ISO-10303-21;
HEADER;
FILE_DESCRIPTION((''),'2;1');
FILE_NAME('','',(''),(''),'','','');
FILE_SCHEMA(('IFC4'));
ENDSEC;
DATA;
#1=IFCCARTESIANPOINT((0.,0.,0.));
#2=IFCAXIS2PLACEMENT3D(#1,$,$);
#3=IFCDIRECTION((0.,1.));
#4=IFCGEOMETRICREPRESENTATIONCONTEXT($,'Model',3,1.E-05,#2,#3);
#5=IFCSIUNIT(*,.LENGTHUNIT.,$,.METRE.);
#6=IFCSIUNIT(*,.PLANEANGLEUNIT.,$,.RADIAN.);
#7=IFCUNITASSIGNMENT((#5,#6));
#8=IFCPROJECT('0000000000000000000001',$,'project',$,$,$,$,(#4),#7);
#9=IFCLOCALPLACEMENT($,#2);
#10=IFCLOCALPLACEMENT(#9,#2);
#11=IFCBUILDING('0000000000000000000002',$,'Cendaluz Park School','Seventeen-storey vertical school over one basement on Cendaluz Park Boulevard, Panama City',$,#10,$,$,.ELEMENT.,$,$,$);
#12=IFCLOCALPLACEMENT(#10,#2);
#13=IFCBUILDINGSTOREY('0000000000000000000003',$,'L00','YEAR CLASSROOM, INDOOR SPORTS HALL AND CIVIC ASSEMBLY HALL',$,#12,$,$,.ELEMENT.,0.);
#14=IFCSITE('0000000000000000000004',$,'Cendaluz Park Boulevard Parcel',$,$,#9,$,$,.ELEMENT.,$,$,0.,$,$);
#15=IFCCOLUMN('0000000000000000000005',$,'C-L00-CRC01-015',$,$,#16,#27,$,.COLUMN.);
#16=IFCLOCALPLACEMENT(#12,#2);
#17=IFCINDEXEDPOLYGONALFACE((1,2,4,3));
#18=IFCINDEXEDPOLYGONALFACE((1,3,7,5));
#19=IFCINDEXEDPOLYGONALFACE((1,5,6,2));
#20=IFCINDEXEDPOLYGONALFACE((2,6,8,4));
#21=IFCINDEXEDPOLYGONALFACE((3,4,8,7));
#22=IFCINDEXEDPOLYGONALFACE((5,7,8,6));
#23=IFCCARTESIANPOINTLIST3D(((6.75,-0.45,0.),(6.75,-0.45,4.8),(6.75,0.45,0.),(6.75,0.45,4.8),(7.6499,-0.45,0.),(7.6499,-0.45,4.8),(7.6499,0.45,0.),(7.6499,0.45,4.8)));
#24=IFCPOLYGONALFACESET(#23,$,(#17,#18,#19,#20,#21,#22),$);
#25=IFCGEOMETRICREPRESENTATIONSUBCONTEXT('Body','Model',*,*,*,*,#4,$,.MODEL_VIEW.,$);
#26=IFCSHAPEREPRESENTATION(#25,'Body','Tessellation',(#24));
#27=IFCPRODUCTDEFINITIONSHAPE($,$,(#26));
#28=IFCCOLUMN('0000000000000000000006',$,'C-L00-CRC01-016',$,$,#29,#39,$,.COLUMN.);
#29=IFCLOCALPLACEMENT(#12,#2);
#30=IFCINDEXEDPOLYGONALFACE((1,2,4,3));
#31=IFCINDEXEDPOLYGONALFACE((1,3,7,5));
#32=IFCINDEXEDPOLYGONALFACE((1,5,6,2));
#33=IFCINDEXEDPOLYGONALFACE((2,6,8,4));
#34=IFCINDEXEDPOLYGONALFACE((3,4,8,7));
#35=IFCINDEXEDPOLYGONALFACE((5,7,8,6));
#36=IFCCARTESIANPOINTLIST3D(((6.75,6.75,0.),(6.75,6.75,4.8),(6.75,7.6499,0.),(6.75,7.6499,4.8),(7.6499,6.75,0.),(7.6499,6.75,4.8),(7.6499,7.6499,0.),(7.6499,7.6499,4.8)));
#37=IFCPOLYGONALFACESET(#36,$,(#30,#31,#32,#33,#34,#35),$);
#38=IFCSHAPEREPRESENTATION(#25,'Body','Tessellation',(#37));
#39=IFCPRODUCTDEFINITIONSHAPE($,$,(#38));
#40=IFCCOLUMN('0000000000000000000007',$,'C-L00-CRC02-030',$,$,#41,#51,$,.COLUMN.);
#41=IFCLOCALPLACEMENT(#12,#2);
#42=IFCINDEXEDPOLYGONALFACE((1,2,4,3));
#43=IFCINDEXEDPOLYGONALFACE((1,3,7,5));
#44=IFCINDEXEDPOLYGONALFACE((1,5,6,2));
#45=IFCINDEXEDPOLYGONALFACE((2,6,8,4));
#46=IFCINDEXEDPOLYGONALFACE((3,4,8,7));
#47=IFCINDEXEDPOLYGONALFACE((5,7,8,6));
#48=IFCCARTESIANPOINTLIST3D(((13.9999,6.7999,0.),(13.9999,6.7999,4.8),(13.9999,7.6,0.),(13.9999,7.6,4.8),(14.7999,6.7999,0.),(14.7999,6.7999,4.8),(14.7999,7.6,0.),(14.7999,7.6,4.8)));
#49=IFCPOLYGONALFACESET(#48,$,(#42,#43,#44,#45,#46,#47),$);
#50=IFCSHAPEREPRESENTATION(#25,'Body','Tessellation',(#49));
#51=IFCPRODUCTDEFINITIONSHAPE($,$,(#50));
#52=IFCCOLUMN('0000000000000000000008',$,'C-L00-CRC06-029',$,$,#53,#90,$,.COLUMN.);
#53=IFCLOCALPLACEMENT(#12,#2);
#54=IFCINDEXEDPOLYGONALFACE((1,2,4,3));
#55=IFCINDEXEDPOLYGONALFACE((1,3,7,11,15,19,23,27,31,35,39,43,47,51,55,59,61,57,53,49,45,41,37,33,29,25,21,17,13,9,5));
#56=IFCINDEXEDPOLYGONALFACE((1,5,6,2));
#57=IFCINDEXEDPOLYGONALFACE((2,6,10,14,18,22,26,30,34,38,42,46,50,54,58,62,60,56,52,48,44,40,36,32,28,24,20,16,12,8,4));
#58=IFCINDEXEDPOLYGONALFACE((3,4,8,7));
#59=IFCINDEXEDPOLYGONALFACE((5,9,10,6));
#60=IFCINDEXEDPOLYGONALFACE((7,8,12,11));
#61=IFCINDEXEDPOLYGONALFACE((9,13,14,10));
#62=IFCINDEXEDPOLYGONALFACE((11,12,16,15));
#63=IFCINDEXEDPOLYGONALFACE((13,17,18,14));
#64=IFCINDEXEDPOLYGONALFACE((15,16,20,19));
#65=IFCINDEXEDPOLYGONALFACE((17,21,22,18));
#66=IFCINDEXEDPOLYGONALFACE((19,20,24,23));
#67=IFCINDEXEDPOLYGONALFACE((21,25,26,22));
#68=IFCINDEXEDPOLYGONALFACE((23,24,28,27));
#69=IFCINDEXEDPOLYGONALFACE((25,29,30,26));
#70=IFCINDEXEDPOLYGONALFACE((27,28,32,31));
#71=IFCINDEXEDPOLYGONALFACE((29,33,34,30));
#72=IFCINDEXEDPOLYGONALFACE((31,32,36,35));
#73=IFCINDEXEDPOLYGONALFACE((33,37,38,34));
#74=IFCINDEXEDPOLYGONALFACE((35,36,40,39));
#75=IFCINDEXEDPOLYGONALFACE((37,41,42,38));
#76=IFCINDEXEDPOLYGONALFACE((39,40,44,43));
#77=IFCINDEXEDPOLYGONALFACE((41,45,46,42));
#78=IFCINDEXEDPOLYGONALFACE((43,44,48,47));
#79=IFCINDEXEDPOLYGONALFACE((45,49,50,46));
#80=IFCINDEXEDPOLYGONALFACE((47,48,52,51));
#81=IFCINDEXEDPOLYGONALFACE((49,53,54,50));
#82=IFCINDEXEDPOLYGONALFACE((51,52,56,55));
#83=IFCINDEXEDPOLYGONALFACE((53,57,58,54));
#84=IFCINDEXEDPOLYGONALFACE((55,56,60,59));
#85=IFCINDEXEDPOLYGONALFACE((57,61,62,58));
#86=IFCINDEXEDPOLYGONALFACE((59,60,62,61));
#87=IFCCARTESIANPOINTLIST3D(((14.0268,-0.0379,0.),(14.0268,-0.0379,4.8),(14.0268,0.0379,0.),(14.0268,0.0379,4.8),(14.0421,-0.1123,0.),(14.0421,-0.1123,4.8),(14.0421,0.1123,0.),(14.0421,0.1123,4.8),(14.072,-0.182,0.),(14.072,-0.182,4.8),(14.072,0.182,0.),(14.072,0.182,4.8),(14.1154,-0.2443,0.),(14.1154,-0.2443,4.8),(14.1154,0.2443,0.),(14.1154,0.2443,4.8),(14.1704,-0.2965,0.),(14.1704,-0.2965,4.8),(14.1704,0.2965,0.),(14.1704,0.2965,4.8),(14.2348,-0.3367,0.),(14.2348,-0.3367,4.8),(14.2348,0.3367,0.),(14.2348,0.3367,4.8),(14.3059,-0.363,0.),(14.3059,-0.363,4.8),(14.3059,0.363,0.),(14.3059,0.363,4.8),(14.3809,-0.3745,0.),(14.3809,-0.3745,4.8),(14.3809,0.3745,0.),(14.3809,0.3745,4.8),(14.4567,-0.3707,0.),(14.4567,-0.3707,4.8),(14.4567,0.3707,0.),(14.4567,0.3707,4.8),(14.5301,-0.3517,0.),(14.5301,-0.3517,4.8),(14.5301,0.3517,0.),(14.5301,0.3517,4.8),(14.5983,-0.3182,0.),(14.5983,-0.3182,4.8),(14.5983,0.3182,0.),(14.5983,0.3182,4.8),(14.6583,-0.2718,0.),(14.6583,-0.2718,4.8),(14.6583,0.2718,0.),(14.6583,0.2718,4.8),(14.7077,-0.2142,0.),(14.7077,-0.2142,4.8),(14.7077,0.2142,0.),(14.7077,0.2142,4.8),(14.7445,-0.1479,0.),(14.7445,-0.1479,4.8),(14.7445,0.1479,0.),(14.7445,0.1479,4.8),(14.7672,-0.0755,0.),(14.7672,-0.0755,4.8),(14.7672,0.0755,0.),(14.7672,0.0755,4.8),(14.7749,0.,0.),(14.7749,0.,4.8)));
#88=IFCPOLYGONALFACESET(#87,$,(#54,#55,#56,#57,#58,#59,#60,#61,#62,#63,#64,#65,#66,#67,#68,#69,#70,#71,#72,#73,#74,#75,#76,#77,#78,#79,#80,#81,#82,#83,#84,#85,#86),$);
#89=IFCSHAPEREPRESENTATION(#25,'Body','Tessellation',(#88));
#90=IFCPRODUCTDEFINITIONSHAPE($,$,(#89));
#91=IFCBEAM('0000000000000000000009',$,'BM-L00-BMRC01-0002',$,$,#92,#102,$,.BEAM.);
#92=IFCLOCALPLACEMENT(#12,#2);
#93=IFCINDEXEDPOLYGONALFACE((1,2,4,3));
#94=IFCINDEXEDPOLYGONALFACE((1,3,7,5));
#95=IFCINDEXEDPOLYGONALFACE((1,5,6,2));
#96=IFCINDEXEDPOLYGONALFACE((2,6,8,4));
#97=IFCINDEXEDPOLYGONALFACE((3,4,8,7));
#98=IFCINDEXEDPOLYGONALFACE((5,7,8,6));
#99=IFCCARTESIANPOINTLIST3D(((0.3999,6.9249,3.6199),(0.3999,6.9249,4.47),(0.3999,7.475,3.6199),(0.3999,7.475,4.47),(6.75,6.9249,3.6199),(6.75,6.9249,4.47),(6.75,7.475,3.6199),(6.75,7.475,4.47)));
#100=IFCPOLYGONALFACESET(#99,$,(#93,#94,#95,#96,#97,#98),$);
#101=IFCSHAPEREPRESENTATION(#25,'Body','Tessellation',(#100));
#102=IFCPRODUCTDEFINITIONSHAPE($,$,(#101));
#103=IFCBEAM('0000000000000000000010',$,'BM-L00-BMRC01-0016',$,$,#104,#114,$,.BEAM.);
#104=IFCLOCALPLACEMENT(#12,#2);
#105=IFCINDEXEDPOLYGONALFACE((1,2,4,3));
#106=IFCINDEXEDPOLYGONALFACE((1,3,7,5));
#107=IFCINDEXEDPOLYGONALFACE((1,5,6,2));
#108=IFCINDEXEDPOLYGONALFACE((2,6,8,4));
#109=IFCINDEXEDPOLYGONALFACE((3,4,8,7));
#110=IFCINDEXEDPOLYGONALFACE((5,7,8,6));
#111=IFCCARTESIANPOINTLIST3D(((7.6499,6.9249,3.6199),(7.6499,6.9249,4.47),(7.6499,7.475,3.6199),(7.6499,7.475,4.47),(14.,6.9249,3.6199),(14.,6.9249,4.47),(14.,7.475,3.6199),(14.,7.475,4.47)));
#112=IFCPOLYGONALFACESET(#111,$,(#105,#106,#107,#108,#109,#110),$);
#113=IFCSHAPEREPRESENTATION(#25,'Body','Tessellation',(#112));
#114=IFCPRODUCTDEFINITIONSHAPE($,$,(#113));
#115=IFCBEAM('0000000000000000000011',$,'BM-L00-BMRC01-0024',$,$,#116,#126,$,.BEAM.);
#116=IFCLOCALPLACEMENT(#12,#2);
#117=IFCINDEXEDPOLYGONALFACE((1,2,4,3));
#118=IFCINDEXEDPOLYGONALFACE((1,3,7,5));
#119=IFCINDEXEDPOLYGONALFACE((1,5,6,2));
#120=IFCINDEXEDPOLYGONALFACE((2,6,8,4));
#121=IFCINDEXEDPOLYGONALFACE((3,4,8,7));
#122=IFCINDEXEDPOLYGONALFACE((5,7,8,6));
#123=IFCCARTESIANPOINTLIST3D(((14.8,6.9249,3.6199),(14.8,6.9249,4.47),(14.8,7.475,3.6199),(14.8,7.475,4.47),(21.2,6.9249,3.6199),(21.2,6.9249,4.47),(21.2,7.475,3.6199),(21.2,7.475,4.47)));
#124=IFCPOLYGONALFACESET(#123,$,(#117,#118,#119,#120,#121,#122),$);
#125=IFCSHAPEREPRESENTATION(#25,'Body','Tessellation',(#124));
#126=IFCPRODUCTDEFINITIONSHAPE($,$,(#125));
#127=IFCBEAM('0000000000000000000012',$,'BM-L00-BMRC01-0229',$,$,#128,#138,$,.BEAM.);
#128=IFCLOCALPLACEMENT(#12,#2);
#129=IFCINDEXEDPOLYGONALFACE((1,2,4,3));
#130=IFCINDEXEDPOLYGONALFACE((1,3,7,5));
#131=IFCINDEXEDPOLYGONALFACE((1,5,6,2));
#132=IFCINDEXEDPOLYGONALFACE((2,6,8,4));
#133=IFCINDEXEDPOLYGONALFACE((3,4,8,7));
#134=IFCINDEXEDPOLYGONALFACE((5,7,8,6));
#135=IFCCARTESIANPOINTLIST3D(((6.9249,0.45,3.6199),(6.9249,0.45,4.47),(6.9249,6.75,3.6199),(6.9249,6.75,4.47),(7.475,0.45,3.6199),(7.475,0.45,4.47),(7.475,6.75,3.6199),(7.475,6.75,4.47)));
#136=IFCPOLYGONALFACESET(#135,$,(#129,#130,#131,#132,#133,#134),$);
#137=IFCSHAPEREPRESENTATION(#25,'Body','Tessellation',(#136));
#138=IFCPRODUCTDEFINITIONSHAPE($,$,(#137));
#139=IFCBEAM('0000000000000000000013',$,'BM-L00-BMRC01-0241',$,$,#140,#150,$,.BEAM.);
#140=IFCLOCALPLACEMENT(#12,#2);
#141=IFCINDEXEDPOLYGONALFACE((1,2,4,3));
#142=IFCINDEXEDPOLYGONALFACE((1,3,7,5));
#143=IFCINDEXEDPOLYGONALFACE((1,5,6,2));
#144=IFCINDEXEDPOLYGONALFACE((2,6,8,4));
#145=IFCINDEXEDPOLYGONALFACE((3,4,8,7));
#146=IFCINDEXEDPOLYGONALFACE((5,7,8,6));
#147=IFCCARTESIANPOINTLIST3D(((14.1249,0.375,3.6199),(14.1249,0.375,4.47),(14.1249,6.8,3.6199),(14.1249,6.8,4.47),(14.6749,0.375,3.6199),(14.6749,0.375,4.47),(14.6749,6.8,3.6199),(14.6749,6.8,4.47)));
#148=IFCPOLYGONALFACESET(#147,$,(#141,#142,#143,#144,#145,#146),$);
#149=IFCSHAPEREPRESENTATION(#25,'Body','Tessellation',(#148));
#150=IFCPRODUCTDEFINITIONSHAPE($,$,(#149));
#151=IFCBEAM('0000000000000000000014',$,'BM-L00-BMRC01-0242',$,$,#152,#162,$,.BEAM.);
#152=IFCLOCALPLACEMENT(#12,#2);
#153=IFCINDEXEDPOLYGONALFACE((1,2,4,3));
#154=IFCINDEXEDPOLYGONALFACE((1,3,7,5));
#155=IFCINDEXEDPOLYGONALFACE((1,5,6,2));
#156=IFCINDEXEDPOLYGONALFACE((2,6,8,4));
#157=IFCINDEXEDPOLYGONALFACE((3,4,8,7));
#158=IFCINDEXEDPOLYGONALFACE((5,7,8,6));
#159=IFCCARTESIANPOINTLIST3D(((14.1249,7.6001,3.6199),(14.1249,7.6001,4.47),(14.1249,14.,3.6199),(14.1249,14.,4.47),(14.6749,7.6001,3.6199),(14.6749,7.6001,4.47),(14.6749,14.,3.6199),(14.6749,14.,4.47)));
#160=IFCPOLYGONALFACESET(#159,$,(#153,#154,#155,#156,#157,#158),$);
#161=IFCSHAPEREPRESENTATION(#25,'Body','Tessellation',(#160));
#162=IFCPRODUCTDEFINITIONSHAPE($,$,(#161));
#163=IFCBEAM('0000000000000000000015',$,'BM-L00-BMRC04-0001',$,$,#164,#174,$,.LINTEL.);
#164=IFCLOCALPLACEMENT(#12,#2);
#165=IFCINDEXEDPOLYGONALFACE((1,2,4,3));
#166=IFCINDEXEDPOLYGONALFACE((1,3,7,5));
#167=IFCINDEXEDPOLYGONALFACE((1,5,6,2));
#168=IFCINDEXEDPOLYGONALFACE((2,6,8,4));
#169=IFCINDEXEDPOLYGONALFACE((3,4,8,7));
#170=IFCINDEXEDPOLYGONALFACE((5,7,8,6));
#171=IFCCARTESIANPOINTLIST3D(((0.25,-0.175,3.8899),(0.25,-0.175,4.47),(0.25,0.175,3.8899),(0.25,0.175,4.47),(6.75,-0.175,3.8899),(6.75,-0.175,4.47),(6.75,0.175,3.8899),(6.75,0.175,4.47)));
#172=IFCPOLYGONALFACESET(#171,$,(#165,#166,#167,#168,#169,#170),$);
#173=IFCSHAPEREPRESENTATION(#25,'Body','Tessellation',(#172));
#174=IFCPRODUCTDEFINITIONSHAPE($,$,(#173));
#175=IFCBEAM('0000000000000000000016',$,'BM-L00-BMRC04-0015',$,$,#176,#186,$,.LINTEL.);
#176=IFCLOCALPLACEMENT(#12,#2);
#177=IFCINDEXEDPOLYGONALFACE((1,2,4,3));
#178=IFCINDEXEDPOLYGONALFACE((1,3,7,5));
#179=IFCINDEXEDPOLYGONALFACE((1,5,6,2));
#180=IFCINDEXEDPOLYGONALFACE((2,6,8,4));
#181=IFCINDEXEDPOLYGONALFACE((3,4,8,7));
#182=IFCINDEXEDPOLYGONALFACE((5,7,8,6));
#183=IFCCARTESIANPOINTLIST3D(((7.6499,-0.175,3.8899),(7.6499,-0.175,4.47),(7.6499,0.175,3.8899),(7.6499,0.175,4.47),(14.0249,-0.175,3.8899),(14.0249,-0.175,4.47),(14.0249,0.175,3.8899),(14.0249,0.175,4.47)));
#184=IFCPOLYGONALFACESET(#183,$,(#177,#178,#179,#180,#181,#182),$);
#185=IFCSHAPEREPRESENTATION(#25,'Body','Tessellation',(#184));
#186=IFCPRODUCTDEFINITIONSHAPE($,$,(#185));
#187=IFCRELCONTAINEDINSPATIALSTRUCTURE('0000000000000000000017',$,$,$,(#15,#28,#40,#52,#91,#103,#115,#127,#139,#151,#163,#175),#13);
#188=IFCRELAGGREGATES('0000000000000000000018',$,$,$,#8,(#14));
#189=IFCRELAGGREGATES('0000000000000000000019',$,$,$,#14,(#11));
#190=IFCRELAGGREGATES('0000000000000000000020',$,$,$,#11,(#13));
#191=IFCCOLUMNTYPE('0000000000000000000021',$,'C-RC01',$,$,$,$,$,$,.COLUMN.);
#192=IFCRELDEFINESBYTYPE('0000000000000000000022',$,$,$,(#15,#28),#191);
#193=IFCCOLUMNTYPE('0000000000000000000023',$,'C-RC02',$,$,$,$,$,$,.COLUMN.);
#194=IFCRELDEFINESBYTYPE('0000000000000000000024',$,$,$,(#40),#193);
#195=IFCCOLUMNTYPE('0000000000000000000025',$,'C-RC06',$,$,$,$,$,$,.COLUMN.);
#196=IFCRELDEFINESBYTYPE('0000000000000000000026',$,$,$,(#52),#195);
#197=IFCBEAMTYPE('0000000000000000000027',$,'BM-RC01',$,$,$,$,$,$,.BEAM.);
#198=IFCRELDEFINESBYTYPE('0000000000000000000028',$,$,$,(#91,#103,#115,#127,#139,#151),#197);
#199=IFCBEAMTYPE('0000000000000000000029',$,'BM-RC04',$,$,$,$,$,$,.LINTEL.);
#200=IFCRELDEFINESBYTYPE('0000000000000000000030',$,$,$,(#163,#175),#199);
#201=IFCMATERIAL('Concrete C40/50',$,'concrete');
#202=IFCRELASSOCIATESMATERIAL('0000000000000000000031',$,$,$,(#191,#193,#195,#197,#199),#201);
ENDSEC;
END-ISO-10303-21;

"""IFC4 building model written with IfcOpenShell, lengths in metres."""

from ifc_helpers import new_model, si_unit, direction, frame, origin, origin_2d, place, context, subcontext, project, spatial, rectangle, circle, extrude, material, material_profile, profile_set, type_object, element, save


model = new_model("IFC4")

# Units and contexts
model_context = context("Model", 3, precision=1e-05, world=origin(), true_north=direction((0.0, 1.0)))
body_context = subcontext(model_context, "Body", "Model", "MODEL_VIEW")
ifc_project = project(units=[si_unit("LENGTHUNIT", "METRE"), si_unit("PLANEANGLEUNIT", "RADIAN")], contexts=[model_context])

# Site, building, storey
site_placement = place(None, origin())
site = spatial("IfcSite", under=ifc_project, at=site_placement, Name="Cendaluz Park Boulevard Parcel", CompositionType="ELEMENT", RefElevation=0.0)
building_placement = place(site_placement, origin())
building = spatial("IfcBuilding", under=site, at=building_placement, Name="Cendaluz Park School", Description="Seventeen-storey vertical school over one basement on Cendaluz Park Boulevard, Panama City", CompositionType="ELEMENT")
storey_placement = place(building_placement, origin())
storey = spatial("IfcBuildingStorey", under=building, at=storey_placement, Name="L00", Description="YEAR CLASSROOM, INDOOR SPORTS HALL AND CIVIC ASSEMBLY HALL", CompositionType="ELEMENT", Elevation=0.0)

# Columns
ifc_material_1 = material(Name="Concrete C40/50", Category="concrete")
ifc_material_profile_1 = material_profile(ifc_material_1, rectangle(XDim=0.8999, YDim=0.8999, at=origin_2d()), Name="RC 900x900", Category="concrete")
ifc_profile_set_1 = profile_set([ifc_material_profile_1], Name="Concrete C40/50")
column_type_1 = type_object("IfcColumnType", Name="C-RC01", PredefinedType="COLUMN", material=ifc_profile_set_1)
for number, where, z_axis, x_axis, name in (
    (1, (7.2, 0.0, 0.0), (0.0, 0.0, 1.0), (1.0, 0.0, 0.0), "C-L00-CRC01-015"),
    (2, (7.2, 7.2, 0.0), (0.0, 0.0, 1.0), (1.0, 0.0, 0.0), "C-L00-CRC01-016"),
):
    element("IfcColumn", number, at=place(storey_placement, frame(where, z_axis=z_axis, x_axis=x_axis)), inside=storey, type_object=column_type_1, Name=name, PredefinedType="COLUMN", context=body_context, shape_type="SweptSolid", body=[
        extrude(rectangle(XDim=0.8999, YDim=0.8999, at=origin_2d()), origin(), (0.0, 0.0, 1.0), 4.8),
    ])
ifc_material_profile_2 = material_profile(ifc_material_1, rectangle(XDim=0.8, YDim=0.8, at=origin_2d()), Name="RC 800x800", Category="concrete")
ifc_profile_set_2 = profile_set([ifc_material_profile_2], Name="Concrete C40/50")
column_type_2 = type_object("IfcColumnType", Name="C-RC02", PredefinedType="COLUMN", material=ifc_profile_set_2)
column_1_placement = place(storey_placement, frame((14.3999, 7.2, 0.0), z_axis=(0.0, 0.0, 1.0), x_axis=(1.0, 0.0, 0.0)))
element("IfcColumn", 3, at=column_1_placement, inside=storey, type_object=column_type_2, Name="C-L00-CRC02-030", PredefinedType="COLUMN", context=body_context, shape_type="SweptSolid", body=[
    extrude(rectangle(XDim=0.8, YDim=0.8, at=origin_2d()), origin(), (0.0, 0.0, 1.0), 4.8),
])
ifc_material_profile_3 = material_profile(ifc_material_1, circle(Radius=0.375, at=origin_2d()), Name="RC D750", Category="concrete")
ifc_profile_set_3 = profile_set([ifc_material_profile_3], Name="Concrete C40/50")
column_type_3 = type_object("IfcColumnType", Name="C-RC06", PredefinedType="COLUMN", material=ifc_profile_set_3)
column_2_placement = place(storey_placement, frame((14.3999, 0.0, 0.0), z_axis=(0.0, 0.0, 1.0), x_axis=(1.0, 0.0, 0.0)))
element("IfcColumn", 4, at=column_2_placement, inside=storey, type_object=column_type_3, Name="C-L00-CRC06-029", PredefinedType="COLUMN", context=body_context, shape_type="SweptSolid", body=[
    extrude(circle(Radius=0.375, at=origin_2d()), origin(), (0.0, 0.0, 1.0), 4.8),
])

# Beams
ifc_material_profile_4 = material_profile(ifc_material_1, rectangle(XDim=0.55, YDim=0.8501, at=origin_2d()), Name="RC 550x850", Category="concrete")
ifc_profile_set_4 = profile_set([ifc_material_profile_4], Name="Concrete C40/50")
beam_type_1 = type_object("IfcBeamType", Name="BM-RC01", PredefinedType="BEAM", material=ifc_profile_set_4)
for number, where, z_axis, x_axis, name in (
    (5, (0.3999, 7.2, 4.0449), (1.0, 0.0, 0.0), (0.0, 1.0, 0.0), "BM-L00-BMRC01-0002"),
    (6, (7.6499, 7.2, 4.0449), (1.0, 0.0, 0.0), (0.0, 1.0, 0.0), "BM-L00-BMRC01-0016"),
):
    element("IfcBeam", number, at=place(storey_placement, frame(where, z_axis=z_axis, x_axis=x_axis)), inside=storey, type_object=beam_type_1, Name=name, PredefinedType="BEAM", context=body_context, shape_type="SweptSolid", body=[
        extrude(rectangle(XDim=0.55, YDim=0.8501, at=origin_2d()), origin(), (0.0, 0.0, 1.0), 6.3501),
    ])
beam_1_placement = place(storey_placement, frame((14.8, 7.2, 4.0449), z_axis=(1.0, 0.0, 0.0), x_axis=(0.0, 1.0, 0.0)))
element("IfcBeam", 7, at=beam_1_placement, inside=storey, type_object=beam_type_1, Name="BM-L00-BMRC01-0024", PredefinedType="BEAM", context=body_context, shape_type="SweptSolid", body=[
    extrude(rectangle(XDim=0.55, YDim=0.8501, at=origin_2d()), origin(), (0.0, 0.0, 1.0), 6.3999),
])
beam_2_placement = place(storey_placement, frame((7.2, 0.45, 4.0449), z_axis=(0.0, 1.0, 0.0), x_axis=(-1.0, 0.0, 0.0)))
element("IfcBeam", 8, at=beam_2_placement, inside=storey, type_object=beam_type_1, Name="BM-L00-BMRC01-0229", PredefinedType="BEAM", context=body_context, shape_type="SweptSolid", body=[
    extrude(rectangle(XDim=0.55, YDim=0.8501, at=origin_2d()), origin(), (0.0, 0.0, 1.0), 6.3),
])
beam_3_placement = place(storey_placement, frame((14.3999, 0.375, 4.0449), z_axis=(0.0, 1.0, 0.0), x_axis=(-1.0, 0.0, 0.0)))
element("IfcBeam", 9, at=beam_3_placement, inside=storey, type_object=beam_type_1, Name="BM-L00-BMRC01-0241", PredefinedType="BEAM", context=body_context, shape_type="SweptSolid", body=[
    extrude(rectangle(XDim=0.55, YDim=0.8501, at=origin_2d()), origin(), (0.0, 0.0, 1.0), 6.425),
])
beam_4_placement = place(storey_placement, frame((14.3999, 7.6001, 4.0449), z_axis=(0.0, 1.0, 0.0), x_axis=(-1.0, 0.0, 0.0)))
element("IfcBeam", 10, at=beam_4_placement, inside=storey, type_object=beam_type_1, Name="BM-L00-BMRC01-0242", PredefinedType="BEAM", context=body_context, shape_type="SweptSolid", body=[
    extrude(rectangle(XDim=0.55, YDim=0.8501, at=origin_2d()), origin(), (0.0, 0.0, 1.0), 6.3999),
])
ifc_material_profile_5 = material_profile(ifc_material_1, rectangle(XDim=0.3501, YDim=0.5801, at=origin_2d()), Name="RC 350x580", Category="concrete")
ifc_profile_set_5 = profile_set([ifc_material_profile_5], Name="Concrete C40/50")
beam_type_2 = type_object("IfcBeamType", Name="BM-RC04", PredefinedType="LINTEL", material=ifc_profile_set_5)
beam_5_placement = place(storey_placement, frame((0.25, 0.0, 4.1799), z_axis=(1.0, 0.0, 0.0), x_axis=(0.0, 1.0, 0.0)))
element("IfcBeam", 11, at=beam_5_placement, inside=storey, type_object=beam_type_2, Name="BM-L00-BMRC04-0001", PredefinedType="LINTEL", context=body_context, shape_type="SweptSolid", body=[
    extrude(rectangle(XDim=0.3501, YDim=0.5801, at=origin_2d()), origin(), (0.0, 0.0, 1.0), 6.5),
])
beam_6_placement = place(storey_placement, frame((7.6499, 0.0, 4.1799), z_axis=(1.0, 0.0, 0.0), x_axis=(0.0, 1.0, 0.0)))
element("IfcBeam", 12, at=beam_6_placement, inside=storey, type_object=beam_type_2, Name="BM-L00-BMRC04-0015", PredefinedType="LINTEL", context=body_context, shape_type="SweptSolid", body=[
    extrude(rectangle(XDim=0.3501, YDim=0.5801, at=origin_2d()), origin(), (0.0, 0.0, 1.0), 6.375),
])

save(model, "model.ifc")
